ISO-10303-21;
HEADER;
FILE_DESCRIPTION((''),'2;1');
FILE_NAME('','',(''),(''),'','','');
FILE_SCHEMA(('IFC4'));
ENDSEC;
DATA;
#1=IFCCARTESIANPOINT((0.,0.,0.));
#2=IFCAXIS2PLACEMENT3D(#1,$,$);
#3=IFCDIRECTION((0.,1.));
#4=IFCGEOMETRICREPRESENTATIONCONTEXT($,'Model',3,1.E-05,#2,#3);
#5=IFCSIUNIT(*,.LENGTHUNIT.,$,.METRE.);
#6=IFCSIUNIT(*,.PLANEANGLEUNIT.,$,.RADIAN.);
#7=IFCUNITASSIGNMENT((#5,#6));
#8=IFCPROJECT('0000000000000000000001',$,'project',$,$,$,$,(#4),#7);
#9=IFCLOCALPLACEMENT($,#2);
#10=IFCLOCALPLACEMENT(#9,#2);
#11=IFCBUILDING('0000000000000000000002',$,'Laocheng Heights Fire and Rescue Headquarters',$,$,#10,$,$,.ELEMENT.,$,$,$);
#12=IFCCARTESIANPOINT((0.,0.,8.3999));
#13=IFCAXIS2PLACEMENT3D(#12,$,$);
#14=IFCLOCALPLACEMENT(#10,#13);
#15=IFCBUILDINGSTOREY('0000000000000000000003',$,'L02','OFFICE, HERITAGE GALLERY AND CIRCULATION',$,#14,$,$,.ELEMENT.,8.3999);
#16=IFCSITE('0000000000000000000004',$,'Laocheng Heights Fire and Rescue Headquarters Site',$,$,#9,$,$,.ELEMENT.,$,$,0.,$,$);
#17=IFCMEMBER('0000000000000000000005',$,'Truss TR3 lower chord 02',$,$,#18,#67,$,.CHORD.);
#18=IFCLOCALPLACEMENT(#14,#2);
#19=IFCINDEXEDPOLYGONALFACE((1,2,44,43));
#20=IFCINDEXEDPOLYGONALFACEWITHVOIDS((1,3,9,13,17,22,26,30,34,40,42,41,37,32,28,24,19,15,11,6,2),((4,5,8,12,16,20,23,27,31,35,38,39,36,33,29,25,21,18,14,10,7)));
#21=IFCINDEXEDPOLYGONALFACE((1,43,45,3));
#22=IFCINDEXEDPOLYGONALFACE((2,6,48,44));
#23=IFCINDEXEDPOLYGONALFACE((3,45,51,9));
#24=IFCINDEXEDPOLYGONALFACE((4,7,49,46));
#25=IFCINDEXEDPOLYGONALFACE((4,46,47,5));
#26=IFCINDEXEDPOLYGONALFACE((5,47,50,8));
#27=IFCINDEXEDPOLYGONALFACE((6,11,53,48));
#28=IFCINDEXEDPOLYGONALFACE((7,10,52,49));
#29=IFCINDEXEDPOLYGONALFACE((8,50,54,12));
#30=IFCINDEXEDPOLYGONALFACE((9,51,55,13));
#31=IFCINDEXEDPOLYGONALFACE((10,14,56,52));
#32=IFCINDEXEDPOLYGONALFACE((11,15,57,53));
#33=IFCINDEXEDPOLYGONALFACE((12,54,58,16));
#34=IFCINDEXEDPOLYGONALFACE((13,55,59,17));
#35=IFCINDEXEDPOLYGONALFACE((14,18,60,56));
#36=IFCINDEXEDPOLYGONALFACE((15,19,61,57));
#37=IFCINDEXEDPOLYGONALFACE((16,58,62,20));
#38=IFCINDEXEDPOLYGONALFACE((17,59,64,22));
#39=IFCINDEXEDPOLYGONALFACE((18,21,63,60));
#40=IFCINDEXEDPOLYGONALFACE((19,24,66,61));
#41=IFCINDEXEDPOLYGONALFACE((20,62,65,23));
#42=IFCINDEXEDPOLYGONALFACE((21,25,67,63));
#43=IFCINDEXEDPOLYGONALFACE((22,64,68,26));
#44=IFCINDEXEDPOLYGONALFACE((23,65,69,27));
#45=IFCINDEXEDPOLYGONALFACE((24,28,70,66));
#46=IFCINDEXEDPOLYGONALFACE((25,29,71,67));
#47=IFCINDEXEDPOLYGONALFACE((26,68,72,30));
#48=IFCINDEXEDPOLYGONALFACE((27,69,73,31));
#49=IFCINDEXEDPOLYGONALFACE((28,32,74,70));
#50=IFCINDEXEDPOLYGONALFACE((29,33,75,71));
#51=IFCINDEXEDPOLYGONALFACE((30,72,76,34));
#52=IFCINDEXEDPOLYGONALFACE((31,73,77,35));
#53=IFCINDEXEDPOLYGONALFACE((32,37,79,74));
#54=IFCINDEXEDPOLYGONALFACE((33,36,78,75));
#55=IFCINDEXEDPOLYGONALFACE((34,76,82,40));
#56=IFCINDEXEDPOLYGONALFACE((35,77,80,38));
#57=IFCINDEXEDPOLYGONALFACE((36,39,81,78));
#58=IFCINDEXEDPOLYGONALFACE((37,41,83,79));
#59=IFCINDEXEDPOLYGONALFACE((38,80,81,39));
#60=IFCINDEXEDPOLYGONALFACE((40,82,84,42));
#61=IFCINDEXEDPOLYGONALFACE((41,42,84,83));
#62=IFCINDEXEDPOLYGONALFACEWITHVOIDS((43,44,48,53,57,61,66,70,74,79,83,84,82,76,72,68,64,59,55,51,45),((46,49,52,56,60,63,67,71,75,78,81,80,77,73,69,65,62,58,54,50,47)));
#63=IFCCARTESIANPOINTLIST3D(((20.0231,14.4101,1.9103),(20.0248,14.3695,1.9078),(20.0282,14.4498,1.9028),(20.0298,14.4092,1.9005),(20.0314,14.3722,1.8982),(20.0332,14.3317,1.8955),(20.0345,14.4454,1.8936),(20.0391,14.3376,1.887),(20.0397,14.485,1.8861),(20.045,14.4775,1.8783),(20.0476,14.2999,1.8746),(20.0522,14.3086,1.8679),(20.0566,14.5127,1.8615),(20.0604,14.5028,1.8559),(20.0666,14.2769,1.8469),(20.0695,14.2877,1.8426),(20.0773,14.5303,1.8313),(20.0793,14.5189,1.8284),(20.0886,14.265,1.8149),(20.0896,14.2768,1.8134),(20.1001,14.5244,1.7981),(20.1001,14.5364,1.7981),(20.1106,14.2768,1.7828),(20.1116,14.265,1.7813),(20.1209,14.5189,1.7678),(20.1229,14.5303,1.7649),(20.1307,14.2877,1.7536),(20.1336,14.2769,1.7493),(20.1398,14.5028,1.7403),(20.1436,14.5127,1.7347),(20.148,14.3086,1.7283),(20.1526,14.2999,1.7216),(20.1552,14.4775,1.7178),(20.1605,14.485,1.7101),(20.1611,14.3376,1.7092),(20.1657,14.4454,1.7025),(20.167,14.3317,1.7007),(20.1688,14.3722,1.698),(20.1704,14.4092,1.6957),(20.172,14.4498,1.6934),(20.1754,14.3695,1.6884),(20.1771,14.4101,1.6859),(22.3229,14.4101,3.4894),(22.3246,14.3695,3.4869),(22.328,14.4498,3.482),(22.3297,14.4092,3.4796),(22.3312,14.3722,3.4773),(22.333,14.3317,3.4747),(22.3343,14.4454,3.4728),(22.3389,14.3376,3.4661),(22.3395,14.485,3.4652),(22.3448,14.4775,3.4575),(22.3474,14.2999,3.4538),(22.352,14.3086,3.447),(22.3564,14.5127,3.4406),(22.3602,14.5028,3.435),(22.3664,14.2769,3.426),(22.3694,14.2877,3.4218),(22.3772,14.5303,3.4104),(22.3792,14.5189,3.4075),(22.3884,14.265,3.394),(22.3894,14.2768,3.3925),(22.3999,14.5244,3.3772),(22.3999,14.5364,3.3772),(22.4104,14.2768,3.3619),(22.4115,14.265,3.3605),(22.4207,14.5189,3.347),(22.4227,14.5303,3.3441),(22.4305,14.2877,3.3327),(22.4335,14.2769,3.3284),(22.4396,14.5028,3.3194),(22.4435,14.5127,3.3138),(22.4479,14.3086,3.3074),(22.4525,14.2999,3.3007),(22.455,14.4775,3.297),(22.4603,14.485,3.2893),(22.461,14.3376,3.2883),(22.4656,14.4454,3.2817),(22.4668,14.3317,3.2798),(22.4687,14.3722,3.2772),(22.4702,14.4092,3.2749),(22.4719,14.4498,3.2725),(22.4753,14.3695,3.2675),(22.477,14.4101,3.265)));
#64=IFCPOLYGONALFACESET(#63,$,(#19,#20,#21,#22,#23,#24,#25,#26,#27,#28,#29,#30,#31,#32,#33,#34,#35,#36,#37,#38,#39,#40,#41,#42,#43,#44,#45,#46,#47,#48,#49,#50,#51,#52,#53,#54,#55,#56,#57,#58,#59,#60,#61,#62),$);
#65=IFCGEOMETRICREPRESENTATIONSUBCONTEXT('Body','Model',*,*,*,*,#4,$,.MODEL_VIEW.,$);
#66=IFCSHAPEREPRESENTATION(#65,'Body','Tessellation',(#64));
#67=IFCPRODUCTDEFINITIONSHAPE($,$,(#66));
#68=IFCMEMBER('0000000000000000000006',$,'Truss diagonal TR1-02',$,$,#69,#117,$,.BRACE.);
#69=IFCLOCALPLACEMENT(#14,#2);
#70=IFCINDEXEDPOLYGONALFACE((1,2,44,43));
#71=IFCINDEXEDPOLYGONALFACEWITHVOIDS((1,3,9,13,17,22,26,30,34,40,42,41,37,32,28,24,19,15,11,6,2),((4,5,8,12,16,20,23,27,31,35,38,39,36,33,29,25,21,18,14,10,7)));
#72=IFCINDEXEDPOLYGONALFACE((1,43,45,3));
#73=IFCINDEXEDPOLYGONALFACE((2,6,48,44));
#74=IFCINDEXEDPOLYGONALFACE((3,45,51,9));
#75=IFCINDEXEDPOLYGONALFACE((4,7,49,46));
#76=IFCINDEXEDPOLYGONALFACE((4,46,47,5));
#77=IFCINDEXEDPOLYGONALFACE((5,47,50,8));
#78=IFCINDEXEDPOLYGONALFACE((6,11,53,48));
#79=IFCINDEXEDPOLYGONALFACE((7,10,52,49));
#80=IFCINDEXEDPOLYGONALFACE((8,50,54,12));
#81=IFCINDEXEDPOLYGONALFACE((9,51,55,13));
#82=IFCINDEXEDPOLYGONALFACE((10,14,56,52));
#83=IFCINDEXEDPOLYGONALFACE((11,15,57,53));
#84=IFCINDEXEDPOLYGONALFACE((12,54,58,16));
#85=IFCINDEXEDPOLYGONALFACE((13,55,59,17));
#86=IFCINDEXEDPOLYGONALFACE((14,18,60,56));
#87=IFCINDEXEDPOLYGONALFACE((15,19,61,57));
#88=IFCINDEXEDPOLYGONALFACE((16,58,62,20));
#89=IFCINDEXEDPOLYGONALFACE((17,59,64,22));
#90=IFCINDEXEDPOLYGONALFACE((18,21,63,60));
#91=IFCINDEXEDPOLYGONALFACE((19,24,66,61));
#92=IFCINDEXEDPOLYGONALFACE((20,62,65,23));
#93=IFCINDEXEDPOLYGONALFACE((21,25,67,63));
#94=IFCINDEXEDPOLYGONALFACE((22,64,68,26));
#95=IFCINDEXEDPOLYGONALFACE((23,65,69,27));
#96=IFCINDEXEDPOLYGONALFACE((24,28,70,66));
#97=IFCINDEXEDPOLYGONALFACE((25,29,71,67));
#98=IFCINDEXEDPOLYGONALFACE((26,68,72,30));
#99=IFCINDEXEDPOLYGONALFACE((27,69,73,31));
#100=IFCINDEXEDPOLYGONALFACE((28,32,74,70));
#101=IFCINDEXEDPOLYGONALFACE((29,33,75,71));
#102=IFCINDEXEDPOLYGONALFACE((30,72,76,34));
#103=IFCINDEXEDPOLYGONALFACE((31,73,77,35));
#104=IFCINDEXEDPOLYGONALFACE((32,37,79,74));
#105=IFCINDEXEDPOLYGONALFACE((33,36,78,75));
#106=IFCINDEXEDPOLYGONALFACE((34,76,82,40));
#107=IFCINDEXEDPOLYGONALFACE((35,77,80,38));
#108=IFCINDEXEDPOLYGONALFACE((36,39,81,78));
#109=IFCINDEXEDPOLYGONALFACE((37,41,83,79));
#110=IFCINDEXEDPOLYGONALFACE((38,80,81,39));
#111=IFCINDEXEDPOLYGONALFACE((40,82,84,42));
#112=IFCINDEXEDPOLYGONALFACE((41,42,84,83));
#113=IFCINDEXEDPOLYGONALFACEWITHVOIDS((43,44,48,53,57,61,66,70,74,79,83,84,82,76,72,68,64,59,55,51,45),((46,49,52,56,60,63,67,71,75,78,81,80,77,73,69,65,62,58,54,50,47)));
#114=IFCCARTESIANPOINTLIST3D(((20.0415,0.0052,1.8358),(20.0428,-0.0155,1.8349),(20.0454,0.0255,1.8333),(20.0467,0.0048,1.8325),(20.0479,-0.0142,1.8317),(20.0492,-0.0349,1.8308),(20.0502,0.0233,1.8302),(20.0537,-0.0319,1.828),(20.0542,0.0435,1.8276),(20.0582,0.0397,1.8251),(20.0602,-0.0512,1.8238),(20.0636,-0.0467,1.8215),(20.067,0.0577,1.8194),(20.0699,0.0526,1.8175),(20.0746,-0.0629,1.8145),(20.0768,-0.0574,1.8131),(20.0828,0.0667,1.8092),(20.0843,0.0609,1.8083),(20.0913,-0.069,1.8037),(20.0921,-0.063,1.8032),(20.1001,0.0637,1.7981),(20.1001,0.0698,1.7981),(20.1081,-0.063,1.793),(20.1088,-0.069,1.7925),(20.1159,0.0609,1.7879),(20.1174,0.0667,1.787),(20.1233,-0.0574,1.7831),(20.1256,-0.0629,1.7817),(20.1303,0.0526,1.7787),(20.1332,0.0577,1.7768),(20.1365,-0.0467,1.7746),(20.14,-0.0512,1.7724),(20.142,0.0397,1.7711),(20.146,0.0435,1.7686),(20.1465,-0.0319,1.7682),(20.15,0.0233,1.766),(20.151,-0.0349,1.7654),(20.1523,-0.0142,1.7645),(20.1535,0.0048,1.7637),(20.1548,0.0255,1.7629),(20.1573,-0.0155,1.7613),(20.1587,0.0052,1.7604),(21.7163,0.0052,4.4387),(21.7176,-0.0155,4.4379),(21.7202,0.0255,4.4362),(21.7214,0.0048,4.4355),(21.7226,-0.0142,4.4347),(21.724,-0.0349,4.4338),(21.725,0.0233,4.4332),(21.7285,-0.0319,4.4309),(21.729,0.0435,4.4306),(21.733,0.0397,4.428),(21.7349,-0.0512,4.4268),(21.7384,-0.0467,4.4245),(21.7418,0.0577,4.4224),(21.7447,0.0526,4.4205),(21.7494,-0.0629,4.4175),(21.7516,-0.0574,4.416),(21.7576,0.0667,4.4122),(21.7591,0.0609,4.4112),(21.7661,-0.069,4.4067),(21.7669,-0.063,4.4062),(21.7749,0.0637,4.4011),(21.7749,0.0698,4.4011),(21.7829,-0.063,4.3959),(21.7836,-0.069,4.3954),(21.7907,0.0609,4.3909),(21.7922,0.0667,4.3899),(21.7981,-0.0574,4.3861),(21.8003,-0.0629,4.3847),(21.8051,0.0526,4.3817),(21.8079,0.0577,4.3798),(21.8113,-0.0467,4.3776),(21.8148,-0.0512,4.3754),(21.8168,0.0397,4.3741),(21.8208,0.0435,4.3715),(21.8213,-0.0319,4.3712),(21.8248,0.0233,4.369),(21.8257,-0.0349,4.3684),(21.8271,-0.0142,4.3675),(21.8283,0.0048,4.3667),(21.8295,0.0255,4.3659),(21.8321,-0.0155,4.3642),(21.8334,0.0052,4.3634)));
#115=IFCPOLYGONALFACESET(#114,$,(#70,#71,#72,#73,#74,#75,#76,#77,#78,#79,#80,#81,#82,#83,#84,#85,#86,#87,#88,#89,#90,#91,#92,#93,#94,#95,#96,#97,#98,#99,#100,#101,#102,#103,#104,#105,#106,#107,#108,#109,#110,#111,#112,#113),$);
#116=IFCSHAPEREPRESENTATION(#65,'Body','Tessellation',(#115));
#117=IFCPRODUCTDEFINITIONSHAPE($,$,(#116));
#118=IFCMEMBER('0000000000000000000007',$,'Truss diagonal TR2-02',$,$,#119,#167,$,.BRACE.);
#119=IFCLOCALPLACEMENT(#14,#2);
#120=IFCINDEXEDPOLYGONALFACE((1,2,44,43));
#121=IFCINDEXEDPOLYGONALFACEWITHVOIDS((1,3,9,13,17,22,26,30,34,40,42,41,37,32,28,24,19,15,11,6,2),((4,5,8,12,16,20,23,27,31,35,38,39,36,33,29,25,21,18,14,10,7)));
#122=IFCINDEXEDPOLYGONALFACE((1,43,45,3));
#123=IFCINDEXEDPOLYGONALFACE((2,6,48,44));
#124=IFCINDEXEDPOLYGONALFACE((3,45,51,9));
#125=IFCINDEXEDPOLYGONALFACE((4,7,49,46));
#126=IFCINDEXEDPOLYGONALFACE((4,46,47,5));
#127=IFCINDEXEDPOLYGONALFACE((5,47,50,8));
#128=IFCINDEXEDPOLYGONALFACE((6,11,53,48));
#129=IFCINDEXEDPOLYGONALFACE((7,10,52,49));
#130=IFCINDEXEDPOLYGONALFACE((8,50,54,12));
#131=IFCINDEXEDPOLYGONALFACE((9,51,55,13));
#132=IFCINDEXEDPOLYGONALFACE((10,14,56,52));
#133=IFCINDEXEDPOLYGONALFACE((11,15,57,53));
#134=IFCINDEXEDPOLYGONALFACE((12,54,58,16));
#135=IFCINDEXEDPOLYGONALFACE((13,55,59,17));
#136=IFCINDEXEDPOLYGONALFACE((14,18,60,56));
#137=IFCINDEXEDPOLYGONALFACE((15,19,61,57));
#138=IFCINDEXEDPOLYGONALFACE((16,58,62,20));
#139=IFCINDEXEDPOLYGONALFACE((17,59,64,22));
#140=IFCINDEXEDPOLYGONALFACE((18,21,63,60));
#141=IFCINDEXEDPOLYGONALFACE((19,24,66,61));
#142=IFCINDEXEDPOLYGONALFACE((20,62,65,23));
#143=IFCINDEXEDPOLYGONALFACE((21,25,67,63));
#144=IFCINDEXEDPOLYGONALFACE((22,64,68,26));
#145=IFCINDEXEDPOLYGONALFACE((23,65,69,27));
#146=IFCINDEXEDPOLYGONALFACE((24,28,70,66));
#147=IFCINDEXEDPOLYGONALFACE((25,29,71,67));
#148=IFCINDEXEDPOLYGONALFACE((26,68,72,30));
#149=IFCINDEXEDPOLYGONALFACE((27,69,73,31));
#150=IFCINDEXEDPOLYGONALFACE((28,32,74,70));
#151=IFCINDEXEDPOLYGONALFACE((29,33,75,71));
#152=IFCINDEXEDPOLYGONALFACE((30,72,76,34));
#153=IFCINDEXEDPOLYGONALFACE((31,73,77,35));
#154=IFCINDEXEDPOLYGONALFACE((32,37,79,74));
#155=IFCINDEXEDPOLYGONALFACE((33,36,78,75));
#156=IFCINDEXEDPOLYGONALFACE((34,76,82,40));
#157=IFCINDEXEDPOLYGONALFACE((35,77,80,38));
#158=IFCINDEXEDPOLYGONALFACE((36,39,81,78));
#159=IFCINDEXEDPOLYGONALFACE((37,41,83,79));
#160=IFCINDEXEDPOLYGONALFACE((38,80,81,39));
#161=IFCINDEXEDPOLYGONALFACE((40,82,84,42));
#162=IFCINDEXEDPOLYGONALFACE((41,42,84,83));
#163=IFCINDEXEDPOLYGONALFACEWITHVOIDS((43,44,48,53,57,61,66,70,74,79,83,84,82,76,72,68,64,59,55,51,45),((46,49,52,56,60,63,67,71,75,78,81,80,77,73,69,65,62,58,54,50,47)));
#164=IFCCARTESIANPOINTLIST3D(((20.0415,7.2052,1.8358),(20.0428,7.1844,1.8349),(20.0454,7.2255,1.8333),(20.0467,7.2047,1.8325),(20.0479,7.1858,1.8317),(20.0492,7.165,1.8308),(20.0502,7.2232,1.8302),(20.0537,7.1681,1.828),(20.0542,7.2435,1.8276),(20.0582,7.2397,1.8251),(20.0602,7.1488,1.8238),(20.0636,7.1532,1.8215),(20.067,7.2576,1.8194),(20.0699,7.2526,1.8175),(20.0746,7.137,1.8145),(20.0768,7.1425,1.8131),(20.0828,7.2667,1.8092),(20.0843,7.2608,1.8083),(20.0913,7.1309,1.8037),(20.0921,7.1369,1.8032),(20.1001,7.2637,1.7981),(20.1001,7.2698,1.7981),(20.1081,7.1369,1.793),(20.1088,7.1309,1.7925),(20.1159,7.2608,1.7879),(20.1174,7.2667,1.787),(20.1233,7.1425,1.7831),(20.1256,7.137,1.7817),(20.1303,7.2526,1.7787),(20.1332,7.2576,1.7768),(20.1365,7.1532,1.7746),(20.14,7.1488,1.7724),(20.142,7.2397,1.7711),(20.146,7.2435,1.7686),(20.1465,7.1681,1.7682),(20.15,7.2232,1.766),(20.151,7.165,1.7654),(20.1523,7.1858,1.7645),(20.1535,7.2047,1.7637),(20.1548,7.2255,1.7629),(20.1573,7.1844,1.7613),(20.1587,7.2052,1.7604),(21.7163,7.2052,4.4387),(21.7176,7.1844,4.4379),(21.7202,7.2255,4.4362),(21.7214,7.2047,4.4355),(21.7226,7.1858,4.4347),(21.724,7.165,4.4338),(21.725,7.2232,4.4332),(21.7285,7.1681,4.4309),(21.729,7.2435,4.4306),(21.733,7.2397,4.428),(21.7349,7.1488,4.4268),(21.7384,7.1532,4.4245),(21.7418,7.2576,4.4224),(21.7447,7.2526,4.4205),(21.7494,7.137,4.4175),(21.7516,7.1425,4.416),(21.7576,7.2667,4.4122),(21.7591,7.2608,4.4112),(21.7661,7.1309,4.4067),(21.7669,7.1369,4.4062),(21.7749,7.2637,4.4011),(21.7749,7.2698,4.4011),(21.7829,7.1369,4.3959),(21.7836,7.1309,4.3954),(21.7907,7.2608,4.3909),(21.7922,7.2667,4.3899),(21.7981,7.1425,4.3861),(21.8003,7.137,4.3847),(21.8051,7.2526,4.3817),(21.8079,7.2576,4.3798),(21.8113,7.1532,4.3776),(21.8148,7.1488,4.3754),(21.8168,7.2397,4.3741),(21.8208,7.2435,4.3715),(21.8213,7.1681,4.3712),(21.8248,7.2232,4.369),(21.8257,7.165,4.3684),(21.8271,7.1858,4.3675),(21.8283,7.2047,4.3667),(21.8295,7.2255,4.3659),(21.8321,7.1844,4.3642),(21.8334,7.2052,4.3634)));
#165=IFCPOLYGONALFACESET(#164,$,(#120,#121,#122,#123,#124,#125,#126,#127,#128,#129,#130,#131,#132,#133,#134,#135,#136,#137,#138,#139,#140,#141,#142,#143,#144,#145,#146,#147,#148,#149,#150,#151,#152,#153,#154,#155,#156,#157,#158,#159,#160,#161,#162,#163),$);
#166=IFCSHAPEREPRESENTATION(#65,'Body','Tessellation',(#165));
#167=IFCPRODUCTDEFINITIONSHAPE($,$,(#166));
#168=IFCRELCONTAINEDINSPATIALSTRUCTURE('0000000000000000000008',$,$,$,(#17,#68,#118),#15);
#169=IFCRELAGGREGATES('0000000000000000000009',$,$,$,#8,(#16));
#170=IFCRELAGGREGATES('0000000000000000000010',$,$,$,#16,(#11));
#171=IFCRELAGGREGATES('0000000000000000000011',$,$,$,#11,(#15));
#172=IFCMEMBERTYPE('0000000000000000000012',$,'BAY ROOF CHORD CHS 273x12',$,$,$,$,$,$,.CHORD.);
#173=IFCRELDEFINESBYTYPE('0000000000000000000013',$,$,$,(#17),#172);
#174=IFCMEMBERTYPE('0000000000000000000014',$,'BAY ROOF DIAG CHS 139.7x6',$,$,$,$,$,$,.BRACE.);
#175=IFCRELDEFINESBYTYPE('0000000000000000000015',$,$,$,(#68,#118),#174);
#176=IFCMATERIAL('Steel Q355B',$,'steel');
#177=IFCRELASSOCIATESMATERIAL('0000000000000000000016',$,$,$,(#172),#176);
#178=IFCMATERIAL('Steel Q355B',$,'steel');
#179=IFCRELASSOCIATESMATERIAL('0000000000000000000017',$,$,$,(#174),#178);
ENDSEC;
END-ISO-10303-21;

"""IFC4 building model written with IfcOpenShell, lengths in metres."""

from ifc_helpers import new_model, si_unit, direction, frame, origin, origin_2d, place, context, subcontext, project, spatial, hollow_circle, extrude, material, material_profile, profile_set, type_object, element, save


model = new_model("IFC4")

# Units and contexts
model_context = context("Model", 3, precision=1e-05, world=origin(), true_north=direction((0.0, 1.0)))
body_context = subcontext(model_context, "Body", "Model", "MODEL_VIEW")
ifc_project = project(units=[si_unit("LENGTHUNIT", "METRE"), si_unit("PLANEANGLEUNIT", "RADIAN")], contexts=[model_context])

# Site, building, storey
site_placement = place(None, origin())
site = spatial("IfcSite", under=ifc_project, at=site_placement, Name="Laocheng Heights Fire and Rescue Headquarters Site", CompositionType="ELEMENT", RefElevation=0.0)
building_placement = place(site_placement, origin())
building = spatial("IfcBuilding", under=site, at=building_placement, Name="Laocheng Heights Fire and Rescue Headquarters", CompositionType="ELEMENT")
storey_placement = place(building_placement, frame((0.0, 0.0, 8.3999)))
storey = spatial("IfcBuildingStorey", under=building, at=storey_placement, Name="L02", Description="OFFICE, HERITAGE GALLERY AND CIRCULATION", CompositionType="ELEMENT", Elevation=8.3999)

# Members
ifc_material_1 = material(Name="Steel Q355B", Category="steel")
ifc_material_profile_1 = material_profile(ifc_material_1, hollow_circle(Radius=0.1365, WallThickness=0.012, at=origin_2d()), Name="CHS 273x12")
ifc_profile_set_1 = profile_set([ifc_material_profile_1], Name="Steel Q355B")
member_type_1 = type_object("IfcMemberType", Name="BAY ROOF CHORD CHS 273x12", PredefinedType="CHORD", material=ifc_profile_set_1)
member_1_placement = place(storey_placement, frame((20.1001, 14.3999, 1.7981), z_axis=(0.824379, 0.0, 0.566038), x_axis=(0.0, 1.0, 0.0)))
element("IfcMember", 1, at=member_1_placement, inside=storey, type_object=member_type_1, Name="Truss TR3 lower chord 02", PredefinedType="CHORD", context=body_context, shape_type="SweptSolid", body=[
    extrude(hollow_circle(Radius=0.1365, WallThickness=0.012, at=origin_2d()), origin(), (0.0, 0.0, 1.0), 2.7898),
])
ifc_material_2 = material(Name="Steel Q355B", Category="steel")
ifc_material_profile_2 = material_profile(ifc_material_2, hollow_circle(Radius=0.0698, WallThickness=0.0061, at=origin_2d()), Name="CHS 139.7x6")
ifc_profile_set_2 = profile_set([ifc_material_profile_2], Name="Steel Q355B")
member_type_2 = type_object("IfcMemberType", Name="BAY ROOF DIAG CHS 139.7x6", PredefinedType="BRACE", material=ifc_profile_set_2)
for number, where, z_axis, x_axis, name in (
    (2, (20.1001, 0.0, 1.7981), (0.541084, 0.0, 0.840968), (0.0, 1.0, 0.0), "Truss diagonal TR1-02"),
    (3, (20.1001, 7.2, 1.7981), (0.541084, 0.0, 0.840968), (0.0, 1.0, 0.0), "Truss diagonal TR2-02"),
):
    element("IfcMember", number, at=place(storey_placement, frame(where, z_axis=z_axis, x_axis=x_axis)), inside=storey, type_object=member_type_2, Name=name, PredefinedType="BRACE", context=body_context, shape_type="SweptSolid", body=[
        extrude(hollow_circle(Radius=0.0698, WallThickness=0.0061, at=origin_2d()), origin(), (0.0, 0.0, 1.0), 3.0952),
    ])

save(model, "model.ifc")
